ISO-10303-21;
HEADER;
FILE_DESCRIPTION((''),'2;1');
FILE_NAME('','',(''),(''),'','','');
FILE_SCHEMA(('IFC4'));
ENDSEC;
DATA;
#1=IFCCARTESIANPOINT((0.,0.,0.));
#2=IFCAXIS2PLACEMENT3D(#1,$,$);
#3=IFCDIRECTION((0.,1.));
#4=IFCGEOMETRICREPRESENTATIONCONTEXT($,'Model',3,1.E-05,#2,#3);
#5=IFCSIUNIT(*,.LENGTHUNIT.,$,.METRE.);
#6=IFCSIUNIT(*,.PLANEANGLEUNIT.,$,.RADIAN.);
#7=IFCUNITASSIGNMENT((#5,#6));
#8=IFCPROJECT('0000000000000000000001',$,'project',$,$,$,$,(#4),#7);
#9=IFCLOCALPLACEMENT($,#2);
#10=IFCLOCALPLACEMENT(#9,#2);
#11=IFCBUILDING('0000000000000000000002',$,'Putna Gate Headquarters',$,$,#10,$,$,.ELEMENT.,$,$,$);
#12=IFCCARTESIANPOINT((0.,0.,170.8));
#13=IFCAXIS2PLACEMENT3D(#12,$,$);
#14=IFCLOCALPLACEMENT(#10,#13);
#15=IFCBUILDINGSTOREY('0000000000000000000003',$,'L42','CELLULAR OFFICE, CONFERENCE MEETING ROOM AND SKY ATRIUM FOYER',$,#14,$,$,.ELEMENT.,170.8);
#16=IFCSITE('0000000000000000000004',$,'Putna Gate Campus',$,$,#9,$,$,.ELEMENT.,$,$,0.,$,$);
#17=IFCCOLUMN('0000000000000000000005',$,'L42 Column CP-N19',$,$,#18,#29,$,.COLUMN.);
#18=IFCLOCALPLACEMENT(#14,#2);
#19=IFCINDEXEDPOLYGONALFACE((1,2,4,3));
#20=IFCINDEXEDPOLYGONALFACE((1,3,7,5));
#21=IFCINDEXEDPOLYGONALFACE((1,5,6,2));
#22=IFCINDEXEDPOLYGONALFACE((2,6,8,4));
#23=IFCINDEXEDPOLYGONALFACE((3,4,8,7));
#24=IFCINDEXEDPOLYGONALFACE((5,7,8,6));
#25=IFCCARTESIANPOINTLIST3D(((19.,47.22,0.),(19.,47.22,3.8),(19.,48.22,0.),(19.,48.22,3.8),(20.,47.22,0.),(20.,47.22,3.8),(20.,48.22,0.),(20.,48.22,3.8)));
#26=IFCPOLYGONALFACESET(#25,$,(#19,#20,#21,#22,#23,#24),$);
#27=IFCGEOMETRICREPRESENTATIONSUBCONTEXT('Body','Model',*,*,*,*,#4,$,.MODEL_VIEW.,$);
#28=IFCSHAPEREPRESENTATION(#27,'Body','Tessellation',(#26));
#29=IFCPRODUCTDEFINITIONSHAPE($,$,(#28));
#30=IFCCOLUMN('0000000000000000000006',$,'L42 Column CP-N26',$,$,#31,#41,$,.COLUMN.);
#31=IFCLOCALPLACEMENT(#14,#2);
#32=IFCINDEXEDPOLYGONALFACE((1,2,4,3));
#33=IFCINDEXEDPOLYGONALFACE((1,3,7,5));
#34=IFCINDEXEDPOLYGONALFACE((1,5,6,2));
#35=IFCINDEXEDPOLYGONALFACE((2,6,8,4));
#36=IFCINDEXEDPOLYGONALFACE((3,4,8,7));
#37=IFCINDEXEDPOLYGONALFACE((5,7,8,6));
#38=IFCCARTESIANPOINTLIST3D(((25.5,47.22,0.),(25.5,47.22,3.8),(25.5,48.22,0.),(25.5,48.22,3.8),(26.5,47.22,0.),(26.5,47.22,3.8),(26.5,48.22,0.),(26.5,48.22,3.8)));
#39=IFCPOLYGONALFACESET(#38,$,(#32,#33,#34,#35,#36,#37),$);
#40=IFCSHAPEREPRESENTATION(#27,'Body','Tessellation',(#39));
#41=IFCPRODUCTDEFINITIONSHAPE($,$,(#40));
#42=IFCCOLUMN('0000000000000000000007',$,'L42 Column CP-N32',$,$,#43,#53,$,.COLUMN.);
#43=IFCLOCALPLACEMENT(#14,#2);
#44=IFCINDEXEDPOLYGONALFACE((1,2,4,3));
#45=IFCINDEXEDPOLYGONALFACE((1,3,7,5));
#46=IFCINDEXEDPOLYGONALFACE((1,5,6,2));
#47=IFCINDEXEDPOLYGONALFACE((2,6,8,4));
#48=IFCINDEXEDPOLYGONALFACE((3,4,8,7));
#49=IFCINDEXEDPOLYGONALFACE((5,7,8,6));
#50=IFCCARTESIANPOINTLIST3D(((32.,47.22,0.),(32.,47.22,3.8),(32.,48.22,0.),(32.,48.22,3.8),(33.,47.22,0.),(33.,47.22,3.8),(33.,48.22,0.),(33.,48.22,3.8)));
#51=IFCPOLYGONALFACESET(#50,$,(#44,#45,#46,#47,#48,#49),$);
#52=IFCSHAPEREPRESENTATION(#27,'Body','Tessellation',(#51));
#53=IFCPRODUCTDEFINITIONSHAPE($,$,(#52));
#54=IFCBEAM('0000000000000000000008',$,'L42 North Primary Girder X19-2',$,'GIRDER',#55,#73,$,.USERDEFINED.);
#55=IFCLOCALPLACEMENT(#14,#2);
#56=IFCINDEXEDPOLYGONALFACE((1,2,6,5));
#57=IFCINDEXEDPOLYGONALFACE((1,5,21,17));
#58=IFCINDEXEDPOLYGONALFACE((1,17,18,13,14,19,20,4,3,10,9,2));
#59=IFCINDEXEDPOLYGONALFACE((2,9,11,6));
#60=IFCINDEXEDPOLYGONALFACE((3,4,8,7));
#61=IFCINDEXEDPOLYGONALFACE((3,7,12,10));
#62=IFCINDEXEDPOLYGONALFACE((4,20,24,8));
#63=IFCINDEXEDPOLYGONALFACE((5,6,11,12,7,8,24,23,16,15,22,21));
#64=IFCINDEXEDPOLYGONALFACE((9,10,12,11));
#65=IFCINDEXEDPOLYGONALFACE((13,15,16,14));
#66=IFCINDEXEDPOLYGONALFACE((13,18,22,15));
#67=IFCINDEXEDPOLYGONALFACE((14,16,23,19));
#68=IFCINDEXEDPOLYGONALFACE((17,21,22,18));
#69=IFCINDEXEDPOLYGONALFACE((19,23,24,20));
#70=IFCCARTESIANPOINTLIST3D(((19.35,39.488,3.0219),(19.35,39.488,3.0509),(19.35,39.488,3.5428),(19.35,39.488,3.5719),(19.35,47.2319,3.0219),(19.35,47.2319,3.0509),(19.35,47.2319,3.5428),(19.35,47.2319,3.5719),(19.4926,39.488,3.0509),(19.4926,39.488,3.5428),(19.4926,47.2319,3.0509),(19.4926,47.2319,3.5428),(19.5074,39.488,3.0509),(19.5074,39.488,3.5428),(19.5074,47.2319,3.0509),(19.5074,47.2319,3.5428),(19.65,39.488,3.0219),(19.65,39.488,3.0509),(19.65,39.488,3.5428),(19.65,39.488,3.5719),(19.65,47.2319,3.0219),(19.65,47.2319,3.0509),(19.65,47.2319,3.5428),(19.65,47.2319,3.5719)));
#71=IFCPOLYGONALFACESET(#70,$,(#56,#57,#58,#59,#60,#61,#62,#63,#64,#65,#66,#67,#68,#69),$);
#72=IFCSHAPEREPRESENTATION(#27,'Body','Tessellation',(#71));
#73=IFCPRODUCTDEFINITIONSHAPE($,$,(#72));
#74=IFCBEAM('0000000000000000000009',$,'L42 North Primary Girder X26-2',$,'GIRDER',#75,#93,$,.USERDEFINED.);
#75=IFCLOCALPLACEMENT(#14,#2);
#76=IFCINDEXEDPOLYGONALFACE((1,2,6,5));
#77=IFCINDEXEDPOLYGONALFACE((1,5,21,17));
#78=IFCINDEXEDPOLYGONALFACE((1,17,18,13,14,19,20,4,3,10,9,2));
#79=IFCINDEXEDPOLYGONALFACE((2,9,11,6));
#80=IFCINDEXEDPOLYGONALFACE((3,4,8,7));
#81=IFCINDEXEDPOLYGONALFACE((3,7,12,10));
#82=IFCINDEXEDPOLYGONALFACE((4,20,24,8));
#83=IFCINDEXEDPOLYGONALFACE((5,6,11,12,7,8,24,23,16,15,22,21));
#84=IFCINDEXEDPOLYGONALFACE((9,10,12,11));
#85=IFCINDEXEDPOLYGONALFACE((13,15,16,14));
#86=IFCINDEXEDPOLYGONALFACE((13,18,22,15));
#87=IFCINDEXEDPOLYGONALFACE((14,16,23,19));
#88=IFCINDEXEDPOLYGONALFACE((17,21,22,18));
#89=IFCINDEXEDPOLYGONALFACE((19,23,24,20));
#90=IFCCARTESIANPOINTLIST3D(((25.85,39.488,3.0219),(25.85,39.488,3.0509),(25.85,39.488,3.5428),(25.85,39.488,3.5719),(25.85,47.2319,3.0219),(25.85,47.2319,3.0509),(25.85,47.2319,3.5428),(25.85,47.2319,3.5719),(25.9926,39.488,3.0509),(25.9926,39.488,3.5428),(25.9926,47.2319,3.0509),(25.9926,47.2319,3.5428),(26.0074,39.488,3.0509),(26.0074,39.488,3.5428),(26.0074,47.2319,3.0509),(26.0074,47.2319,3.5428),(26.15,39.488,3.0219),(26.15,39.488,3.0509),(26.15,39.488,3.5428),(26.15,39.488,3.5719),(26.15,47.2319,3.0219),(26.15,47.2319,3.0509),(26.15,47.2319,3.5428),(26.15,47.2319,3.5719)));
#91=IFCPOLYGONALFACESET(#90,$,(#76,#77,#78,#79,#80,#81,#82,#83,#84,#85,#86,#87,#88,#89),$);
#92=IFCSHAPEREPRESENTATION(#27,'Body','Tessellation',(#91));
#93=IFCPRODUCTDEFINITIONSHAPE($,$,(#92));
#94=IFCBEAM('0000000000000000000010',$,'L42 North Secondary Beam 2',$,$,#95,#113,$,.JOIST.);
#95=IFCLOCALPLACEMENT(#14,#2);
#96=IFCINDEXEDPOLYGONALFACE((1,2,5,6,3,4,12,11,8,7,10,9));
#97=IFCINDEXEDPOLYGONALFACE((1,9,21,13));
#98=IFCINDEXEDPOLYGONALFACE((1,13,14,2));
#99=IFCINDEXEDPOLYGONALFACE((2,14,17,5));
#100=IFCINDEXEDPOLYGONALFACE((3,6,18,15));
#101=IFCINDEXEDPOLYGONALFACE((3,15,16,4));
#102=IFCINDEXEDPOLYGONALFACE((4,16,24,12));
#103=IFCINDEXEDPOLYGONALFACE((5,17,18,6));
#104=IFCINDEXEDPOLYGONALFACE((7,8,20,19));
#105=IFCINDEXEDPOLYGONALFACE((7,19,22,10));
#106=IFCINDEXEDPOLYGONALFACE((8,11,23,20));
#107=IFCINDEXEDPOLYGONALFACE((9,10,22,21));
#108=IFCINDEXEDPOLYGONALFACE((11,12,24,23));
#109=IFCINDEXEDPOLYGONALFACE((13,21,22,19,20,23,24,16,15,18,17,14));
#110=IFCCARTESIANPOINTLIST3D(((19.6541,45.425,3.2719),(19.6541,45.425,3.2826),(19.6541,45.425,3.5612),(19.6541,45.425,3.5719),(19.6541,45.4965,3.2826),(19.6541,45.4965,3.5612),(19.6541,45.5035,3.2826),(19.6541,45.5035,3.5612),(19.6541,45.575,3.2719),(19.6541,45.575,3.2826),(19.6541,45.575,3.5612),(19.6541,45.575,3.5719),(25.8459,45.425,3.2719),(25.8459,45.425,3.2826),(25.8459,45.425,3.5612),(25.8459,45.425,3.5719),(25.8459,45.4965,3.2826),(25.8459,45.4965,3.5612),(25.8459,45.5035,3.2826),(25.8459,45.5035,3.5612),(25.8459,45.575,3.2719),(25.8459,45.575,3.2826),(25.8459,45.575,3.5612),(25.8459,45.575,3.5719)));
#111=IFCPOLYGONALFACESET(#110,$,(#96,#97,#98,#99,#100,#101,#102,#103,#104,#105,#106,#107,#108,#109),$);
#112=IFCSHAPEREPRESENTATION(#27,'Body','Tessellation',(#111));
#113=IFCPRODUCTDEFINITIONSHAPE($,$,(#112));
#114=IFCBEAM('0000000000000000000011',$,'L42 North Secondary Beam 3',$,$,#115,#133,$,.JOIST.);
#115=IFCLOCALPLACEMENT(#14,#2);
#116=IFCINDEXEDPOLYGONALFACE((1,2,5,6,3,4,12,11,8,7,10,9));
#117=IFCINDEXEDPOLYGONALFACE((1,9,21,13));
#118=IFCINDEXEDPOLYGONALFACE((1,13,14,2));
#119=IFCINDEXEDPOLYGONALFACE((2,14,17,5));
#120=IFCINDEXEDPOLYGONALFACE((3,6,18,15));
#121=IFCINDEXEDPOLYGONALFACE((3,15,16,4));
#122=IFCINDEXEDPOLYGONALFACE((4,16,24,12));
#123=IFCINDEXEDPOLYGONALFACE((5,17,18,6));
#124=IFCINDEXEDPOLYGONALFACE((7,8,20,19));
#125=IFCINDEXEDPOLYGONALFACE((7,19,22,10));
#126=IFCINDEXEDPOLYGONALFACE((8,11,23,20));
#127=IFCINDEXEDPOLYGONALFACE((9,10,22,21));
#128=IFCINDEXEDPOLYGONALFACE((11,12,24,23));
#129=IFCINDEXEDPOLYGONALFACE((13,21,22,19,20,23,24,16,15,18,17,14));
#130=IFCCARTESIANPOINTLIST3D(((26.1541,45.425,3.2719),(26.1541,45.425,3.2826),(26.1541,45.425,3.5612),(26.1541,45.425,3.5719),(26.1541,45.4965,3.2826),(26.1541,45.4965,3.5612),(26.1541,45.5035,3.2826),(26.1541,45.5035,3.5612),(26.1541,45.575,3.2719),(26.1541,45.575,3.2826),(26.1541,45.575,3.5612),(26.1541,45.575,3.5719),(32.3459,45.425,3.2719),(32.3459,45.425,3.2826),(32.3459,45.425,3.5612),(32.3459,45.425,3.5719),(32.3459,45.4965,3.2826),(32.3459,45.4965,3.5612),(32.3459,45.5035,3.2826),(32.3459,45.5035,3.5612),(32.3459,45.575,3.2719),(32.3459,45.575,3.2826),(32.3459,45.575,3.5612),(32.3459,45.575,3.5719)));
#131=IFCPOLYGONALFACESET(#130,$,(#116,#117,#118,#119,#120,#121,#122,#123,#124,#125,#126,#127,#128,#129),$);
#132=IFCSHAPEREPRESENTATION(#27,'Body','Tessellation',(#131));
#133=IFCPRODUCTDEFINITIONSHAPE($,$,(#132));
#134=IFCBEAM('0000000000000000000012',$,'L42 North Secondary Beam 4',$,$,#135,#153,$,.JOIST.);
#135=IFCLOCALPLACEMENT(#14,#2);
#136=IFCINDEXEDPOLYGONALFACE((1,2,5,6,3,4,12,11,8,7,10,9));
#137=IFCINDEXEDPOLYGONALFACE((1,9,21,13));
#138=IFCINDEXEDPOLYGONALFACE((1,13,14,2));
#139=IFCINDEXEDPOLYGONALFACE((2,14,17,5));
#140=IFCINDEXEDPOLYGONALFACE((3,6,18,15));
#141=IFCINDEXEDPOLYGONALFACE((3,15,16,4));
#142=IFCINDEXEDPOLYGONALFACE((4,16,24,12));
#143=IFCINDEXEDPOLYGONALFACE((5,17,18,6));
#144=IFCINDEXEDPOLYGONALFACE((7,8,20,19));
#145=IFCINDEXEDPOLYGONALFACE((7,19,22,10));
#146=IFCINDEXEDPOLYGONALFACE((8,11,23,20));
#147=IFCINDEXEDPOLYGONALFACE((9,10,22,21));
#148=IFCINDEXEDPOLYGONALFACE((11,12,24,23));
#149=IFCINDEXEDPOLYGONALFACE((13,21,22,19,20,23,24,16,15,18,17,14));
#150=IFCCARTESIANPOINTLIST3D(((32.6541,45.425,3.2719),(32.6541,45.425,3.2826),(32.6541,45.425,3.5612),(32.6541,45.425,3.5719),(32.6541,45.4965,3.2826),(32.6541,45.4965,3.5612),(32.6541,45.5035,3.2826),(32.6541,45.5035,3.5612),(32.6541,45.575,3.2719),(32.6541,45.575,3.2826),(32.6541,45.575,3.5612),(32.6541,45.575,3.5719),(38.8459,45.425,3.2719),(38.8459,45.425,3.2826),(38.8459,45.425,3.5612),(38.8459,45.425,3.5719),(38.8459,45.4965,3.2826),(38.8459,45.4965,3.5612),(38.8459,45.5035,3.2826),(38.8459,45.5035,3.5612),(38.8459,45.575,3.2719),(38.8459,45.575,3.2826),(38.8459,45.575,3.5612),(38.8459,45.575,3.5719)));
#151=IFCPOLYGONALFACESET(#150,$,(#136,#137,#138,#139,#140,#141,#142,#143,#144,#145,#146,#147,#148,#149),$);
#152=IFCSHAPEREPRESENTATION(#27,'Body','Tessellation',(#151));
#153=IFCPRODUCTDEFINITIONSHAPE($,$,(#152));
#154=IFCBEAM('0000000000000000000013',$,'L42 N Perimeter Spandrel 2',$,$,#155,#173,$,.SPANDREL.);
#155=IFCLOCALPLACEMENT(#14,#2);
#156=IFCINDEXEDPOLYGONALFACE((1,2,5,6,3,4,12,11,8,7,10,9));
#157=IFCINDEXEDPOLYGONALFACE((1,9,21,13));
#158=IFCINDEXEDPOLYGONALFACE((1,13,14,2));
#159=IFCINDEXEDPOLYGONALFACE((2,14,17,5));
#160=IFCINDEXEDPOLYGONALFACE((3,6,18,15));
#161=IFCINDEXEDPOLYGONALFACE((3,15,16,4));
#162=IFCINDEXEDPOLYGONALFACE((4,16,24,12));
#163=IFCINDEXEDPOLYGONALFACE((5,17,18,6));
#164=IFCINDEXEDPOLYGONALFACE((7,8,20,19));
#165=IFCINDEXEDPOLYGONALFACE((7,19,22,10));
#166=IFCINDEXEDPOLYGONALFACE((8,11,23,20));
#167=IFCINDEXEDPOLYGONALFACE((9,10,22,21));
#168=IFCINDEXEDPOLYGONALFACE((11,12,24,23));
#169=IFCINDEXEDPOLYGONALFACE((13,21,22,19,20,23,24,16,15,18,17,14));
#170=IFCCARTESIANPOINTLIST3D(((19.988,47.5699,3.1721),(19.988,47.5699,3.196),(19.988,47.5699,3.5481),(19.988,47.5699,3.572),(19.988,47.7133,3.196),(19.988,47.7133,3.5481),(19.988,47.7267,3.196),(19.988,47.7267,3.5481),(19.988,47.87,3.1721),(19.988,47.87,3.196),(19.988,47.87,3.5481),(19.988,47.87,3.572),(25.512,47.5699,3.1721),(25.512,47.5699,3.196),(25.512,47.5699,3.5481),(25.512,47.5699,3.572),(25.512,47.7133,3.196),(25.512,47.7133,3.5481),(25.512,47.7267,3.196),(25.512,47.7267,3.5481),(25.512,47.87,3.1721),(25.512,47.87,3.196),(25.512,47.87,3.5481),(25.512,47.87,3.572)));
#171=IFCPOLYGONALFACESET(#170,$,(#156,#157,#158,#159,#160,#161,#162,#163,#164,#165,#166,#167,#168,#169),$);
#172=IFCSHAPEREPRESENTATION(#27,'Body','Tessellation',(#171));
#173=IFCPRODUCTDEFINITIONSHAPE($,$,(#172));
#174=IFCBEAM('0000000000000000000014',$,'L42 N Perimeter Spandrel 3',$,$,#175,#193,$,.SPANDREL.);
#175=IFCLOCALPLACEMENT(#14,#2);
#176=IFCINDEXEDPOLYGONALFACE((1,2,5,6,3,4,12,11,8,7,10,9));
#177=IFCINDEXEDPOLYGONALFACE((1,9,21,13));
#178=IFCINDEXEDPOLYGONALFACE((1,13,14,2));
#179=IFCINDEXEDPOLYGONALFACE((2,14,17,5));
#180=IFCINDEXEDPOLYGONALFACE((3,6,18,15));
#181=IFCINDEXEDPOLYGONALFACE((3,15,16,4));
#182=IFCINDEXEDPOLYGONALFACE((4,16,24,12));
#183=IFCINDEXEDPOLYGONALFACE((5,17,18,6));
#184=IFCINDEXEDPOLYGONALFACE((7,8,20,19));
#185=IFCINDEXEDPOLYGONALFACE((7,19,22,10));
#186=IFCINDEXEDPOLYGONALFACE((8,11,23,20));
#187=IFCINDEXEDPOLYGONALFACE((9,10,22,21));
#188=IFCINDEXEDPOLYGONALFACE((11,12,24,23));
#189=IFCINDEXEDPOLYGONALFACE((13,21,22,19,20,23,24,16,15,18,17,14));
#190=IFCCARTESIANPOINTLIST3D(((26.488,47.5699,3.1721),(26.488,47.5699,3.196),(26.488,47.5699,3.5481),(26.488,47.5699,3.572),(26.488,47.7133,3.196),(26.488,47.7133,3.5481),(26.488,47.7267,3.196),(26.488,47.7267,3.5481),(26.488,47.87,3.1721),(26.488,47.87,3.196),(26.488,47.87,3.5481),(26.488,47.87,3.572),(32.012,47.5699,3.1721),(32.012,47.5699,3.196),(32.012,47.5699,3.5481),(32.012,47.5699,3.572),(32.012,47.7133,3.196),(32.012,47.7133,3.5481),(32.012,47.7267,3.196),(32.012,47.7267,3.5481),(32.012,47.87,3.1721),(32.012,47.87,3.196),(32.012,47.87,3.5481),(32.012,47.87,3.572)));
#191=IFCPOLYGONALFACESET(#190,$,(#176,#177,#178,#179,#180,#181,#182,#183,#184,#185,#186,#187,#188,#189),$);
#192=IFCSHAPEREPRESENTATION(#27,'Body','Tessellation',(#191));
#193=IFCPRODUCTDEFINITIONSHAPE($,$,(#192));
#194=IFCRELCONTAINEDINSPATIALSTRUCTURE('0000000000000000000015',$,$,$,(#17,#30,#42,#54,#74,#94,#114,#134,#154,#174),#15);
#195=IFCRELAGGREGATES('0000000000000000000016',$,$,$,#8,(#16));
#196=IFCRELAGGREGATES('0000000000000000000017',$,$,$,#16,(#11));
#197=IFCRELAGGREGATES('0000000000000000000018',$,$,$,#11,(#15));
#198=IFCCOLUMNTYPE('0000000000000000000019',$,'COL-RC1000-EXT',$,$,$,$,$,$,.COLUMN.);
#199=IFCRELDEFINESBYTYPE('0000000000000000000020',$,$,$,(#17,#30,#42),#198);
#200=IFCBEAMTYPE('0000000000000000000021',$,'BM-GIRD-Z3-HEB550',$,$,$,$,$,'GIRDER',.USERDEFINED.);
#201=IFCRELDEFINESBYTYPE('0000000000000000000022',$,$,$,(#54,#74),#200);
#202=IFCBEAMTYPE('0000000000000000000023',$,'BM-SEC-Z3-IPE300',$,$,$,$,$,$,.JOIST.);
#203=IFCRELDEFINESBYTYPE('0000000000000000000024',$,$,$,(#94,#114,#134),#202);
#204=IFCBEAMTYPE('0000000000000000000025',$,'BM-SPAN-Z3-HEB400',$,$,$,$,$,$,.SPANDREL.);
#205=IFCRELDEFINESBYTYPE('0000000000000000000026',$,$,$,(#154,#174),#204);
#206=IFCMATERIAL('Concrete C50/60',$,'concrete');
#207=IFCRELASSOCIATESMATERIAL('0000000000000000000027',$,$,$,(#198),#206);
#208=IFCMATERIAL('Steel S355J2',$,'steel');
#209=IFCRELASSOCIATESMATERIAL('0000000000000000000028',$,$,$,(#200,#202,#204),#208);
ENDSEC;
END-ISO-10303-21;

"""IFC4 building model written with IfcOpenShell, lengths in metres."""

from ifc_helpers import new_model, si_unit, direction, frame, origin, origin_2d, place, context, subcontext, project, spatial, rectangle, i_section, extrude, material, material_profile, profile_set, type_object, element, save


model = new_model("IFC4")

# Units and contexts
model_context = context("Model", 3, precision=1e-05, world=origin(), true_north=direction((0.0, 1.0)))
body_context = subcontext(model_context, "Body", "Model", "MODEL_VIEW")
ifc_project = project(units=[si_unit("LENGTHUNIT", "METRE"), si_unit("PLANEANGLEUNIT", "RADIAN")], contexts=[model_context])

# Site, building, storey
site_placement = place(None, origin())
site = spatial("IfcSite", under=ifc_project, at=site_placement, Name="Putna Gate Campus", CompositionType="ELEMENT", RefElevation=0.0)
building_placement = place(site_placement, origin())
building = spatial("IfcBuilding", under=site, at=building_placement, Name="Putna Gate Headquarters", CompositionType="ELEMENT")
storey_placement = place(building_placement, frame((0.0, 0.0, 170.8)))
storey = spatial("IfcBuildingStorey", under=building, at=storey_placement, Name="L42", Description="CELLULAR OFFICE, CONFERENCE MEETING ROOM AND SKY ATRIUM FOYER", CompositionType="ELEMENT", Elevation=170.8)

# Columns
ifc_material_1 = material(Name="Concrete C50/60", Category="concrete")
ifc_material_profile_1 = material_profile(ifc_material_1, rectangle(XDim=1.0, YDim=1.0, at=origin_2d()), Name="Concrete C50/60")
ifc_profile_set_1 = profile_set([ifc_material_profile_1], Name="Concrete C50/60")
column_type = type_object("IfcColumnType", Name="COL-RC1000-EXT", PredefinedType="COLUMN", material=ifc_profile_set_1)
for number, where, z_axis, x_axis, name in (
    (1, (19.5, 47.72, 0.0), (0.0, 0.0, 1.0), (1.0, 0.0, 0.0), "L42 Column CP-N19"),
    (2, (26.0, 47.72, 0.0), (0.0, 0.0, 1.0), (1.0, 0.0, 0.0), "L42 Column CP-N26"),
    (3, (32.5, 47.72, 0.0), (0.0, 0.0, 1.0), (1.0, 0.0, 0.0), "L42 Column CP-N32"),
):
    element("IfcColumn", number, at=place(storey_placement, frame(where, z_axis=z_axis, x_axis=x_axis)), inside=storey, type_object=column_type, Name=name, PredefinedType="COLUMN", context=body_context, shape_type="SweptSolid", body=[
        extrude(rectangle(XDim=1.0, YDim=1.0, at=origin_2d()), origin(), (0.0, 0.0, 1.0), 3.8),
    ])

# Beams
ifc_material_2 = material(Name="Steel S355J2", Category="steel")
ifc_material_profile_2 = material_profile(ifc_material_2, i_section(OverallWidth=0.3, OverallDepth=0.55, WebThickness=0.0149, FlangeThickness=0.0291, at=origin_2d()), Name="Steel S355J2")
ifc_profile_set_2 = profile_set([ifc_material_profile_2], Name="Steel S355J2")
beam_type_1 = type_object("IfcBeamType", Name="BM-GIRD-Z3-HEB550", ElementType="GIRDER", PredefinedType="USERDEFINED", material=ifc_profile_set_2)
for number, where, z_axis, x_axis, name in (
    (4, (19.5, 39.488, 3.2969), (0.0, 1.0, 0.0), (-1.0, 0.0, 0.0), "L42 North Primary Girder X19-2"),
    (5, (26.0, 39.488, 3.2969), (0.0, 1.0, 0.0), (-1.0, 0.0, 0.0), "L42 North Primary Girder X26-2"),
):
    element("IfcBeam", number, at=place(storey_placement, frame(where, z_axis=z_axis, x_axis=x_axis)), inside=storey, type_object=beam_type_1, Name=name, ObjectType="GIRDER", PredefinedType="USERDEFINED", context=body_context, shape_type="SweptSolid", body=[
        extrude(i_section(OverallWidth=0.3, OverallDepth=0.55, WebThickness=0.0149, FlangeThickness=0.0291, at=origin_2d()), origin(), (0.0, 0.0, 1.0), 7.7439),
    ])
ifc_material_profile_3 = material_profile(ifc_material_2, i_section(OverallWidth=0.1499, OverallDepth=0.3, WebThickness=0.0071, FlangeThickness=0.0107, at=origin_2d()), Name="Steel S355J2")
ifc_profile_set_3 = profile_set([ifc_material_profile_3], Name="Steel S355J2")
beam_type_2 = type_object("IfcBeamType", Name="BM-SEC-Z3-IPE300", PredefinedType="JOIST", material=ifc_profile_set_3)
for number, where, z_axis, x_axis, name in (
    (6, (19.6541, 45.5, 3.4219), (1.0, 0.0, 0.0), (0.0, 1.0, 0.0), "L42 North Secondary Beam 2"),
    (7, (26.1541, 45.5, 3.4219), (1.0, 0.0, 0.0), (0.0, 1.0, 0.0), "L42 North Secondary Beam 3"),
    (8, (32.6541, 45.5, 3.4219), (1.0, 0.0, 0.0), (0.0, 1.0, 0.0), "L42 North Secondary Beam 4"),
):
    element("IfcBeam", number, at=place(storey_placement, frame(where, z_axis=z_axis, x_axis=x_axis)), inside=storey, type_object=beam_type_2, Name=name, PredefinedType="JOIST", context=body_context, shape_type="SweptSolid", body=[
        extrude(i_section(OverallWidth=0.1499, OverallDepth=0.3, WebThickness=0.0071, FlangeThickness=0.0107, at=origin_2d()), origin(), (0.0, 0.0, 1.0), 6.1919),
    ])
ifc_material_profile_4 = material_profile(ifc_material_2, i_section(OverallWidth=0.3, OverallDepth=0.3999, WebThickness=0.0134, FlangeThickness=0.0239, at=origin_2d()), Name="Steel S355J2")
ifc_profile_set_4 = profile_set([ifc_material_profile_4], Name="Steel S355J2")
beam_type_3 = type_object("IfcBeamType", Name="BM-SPAN-Z3-HEB400", PredefinedType="SPANDREL", material=ifc_profile_set_4)
for number, where, z_axis, x_axis, name in (
    (9, (19.988, 47.72, 3.3721), (1.0, 0.0, 0.0), (0.0, 1.0, 0.0), "L42 N Perimeter Spandrel 2"),
    (10, (26.488, 47.72, 3.3721), (1.0, 0.0, 0.0), (0.0, 1.0, 0.0), "L42 N Perimeter Spandrel 3"),
):
    element("IfcBeam", number, at=place(storey_placement, frame(where, z_axis=z_axis, x_axis=x_axis)), inside=storey, type_object=beam_type_3, Name=name, PredefinedType="SPANDREL", context=body_context, shape_type="SweptSolid", body=[
        extrude(i_section(OverallWidth=0.3, OverallDepth=0.3999, WebThickness=0.0134, FlangeThickness=0.0239, at=origin_2d()), origin(), (0.0, 0.0, 1.0), 5.5239),
    ])

save(model, "model.ifc")
